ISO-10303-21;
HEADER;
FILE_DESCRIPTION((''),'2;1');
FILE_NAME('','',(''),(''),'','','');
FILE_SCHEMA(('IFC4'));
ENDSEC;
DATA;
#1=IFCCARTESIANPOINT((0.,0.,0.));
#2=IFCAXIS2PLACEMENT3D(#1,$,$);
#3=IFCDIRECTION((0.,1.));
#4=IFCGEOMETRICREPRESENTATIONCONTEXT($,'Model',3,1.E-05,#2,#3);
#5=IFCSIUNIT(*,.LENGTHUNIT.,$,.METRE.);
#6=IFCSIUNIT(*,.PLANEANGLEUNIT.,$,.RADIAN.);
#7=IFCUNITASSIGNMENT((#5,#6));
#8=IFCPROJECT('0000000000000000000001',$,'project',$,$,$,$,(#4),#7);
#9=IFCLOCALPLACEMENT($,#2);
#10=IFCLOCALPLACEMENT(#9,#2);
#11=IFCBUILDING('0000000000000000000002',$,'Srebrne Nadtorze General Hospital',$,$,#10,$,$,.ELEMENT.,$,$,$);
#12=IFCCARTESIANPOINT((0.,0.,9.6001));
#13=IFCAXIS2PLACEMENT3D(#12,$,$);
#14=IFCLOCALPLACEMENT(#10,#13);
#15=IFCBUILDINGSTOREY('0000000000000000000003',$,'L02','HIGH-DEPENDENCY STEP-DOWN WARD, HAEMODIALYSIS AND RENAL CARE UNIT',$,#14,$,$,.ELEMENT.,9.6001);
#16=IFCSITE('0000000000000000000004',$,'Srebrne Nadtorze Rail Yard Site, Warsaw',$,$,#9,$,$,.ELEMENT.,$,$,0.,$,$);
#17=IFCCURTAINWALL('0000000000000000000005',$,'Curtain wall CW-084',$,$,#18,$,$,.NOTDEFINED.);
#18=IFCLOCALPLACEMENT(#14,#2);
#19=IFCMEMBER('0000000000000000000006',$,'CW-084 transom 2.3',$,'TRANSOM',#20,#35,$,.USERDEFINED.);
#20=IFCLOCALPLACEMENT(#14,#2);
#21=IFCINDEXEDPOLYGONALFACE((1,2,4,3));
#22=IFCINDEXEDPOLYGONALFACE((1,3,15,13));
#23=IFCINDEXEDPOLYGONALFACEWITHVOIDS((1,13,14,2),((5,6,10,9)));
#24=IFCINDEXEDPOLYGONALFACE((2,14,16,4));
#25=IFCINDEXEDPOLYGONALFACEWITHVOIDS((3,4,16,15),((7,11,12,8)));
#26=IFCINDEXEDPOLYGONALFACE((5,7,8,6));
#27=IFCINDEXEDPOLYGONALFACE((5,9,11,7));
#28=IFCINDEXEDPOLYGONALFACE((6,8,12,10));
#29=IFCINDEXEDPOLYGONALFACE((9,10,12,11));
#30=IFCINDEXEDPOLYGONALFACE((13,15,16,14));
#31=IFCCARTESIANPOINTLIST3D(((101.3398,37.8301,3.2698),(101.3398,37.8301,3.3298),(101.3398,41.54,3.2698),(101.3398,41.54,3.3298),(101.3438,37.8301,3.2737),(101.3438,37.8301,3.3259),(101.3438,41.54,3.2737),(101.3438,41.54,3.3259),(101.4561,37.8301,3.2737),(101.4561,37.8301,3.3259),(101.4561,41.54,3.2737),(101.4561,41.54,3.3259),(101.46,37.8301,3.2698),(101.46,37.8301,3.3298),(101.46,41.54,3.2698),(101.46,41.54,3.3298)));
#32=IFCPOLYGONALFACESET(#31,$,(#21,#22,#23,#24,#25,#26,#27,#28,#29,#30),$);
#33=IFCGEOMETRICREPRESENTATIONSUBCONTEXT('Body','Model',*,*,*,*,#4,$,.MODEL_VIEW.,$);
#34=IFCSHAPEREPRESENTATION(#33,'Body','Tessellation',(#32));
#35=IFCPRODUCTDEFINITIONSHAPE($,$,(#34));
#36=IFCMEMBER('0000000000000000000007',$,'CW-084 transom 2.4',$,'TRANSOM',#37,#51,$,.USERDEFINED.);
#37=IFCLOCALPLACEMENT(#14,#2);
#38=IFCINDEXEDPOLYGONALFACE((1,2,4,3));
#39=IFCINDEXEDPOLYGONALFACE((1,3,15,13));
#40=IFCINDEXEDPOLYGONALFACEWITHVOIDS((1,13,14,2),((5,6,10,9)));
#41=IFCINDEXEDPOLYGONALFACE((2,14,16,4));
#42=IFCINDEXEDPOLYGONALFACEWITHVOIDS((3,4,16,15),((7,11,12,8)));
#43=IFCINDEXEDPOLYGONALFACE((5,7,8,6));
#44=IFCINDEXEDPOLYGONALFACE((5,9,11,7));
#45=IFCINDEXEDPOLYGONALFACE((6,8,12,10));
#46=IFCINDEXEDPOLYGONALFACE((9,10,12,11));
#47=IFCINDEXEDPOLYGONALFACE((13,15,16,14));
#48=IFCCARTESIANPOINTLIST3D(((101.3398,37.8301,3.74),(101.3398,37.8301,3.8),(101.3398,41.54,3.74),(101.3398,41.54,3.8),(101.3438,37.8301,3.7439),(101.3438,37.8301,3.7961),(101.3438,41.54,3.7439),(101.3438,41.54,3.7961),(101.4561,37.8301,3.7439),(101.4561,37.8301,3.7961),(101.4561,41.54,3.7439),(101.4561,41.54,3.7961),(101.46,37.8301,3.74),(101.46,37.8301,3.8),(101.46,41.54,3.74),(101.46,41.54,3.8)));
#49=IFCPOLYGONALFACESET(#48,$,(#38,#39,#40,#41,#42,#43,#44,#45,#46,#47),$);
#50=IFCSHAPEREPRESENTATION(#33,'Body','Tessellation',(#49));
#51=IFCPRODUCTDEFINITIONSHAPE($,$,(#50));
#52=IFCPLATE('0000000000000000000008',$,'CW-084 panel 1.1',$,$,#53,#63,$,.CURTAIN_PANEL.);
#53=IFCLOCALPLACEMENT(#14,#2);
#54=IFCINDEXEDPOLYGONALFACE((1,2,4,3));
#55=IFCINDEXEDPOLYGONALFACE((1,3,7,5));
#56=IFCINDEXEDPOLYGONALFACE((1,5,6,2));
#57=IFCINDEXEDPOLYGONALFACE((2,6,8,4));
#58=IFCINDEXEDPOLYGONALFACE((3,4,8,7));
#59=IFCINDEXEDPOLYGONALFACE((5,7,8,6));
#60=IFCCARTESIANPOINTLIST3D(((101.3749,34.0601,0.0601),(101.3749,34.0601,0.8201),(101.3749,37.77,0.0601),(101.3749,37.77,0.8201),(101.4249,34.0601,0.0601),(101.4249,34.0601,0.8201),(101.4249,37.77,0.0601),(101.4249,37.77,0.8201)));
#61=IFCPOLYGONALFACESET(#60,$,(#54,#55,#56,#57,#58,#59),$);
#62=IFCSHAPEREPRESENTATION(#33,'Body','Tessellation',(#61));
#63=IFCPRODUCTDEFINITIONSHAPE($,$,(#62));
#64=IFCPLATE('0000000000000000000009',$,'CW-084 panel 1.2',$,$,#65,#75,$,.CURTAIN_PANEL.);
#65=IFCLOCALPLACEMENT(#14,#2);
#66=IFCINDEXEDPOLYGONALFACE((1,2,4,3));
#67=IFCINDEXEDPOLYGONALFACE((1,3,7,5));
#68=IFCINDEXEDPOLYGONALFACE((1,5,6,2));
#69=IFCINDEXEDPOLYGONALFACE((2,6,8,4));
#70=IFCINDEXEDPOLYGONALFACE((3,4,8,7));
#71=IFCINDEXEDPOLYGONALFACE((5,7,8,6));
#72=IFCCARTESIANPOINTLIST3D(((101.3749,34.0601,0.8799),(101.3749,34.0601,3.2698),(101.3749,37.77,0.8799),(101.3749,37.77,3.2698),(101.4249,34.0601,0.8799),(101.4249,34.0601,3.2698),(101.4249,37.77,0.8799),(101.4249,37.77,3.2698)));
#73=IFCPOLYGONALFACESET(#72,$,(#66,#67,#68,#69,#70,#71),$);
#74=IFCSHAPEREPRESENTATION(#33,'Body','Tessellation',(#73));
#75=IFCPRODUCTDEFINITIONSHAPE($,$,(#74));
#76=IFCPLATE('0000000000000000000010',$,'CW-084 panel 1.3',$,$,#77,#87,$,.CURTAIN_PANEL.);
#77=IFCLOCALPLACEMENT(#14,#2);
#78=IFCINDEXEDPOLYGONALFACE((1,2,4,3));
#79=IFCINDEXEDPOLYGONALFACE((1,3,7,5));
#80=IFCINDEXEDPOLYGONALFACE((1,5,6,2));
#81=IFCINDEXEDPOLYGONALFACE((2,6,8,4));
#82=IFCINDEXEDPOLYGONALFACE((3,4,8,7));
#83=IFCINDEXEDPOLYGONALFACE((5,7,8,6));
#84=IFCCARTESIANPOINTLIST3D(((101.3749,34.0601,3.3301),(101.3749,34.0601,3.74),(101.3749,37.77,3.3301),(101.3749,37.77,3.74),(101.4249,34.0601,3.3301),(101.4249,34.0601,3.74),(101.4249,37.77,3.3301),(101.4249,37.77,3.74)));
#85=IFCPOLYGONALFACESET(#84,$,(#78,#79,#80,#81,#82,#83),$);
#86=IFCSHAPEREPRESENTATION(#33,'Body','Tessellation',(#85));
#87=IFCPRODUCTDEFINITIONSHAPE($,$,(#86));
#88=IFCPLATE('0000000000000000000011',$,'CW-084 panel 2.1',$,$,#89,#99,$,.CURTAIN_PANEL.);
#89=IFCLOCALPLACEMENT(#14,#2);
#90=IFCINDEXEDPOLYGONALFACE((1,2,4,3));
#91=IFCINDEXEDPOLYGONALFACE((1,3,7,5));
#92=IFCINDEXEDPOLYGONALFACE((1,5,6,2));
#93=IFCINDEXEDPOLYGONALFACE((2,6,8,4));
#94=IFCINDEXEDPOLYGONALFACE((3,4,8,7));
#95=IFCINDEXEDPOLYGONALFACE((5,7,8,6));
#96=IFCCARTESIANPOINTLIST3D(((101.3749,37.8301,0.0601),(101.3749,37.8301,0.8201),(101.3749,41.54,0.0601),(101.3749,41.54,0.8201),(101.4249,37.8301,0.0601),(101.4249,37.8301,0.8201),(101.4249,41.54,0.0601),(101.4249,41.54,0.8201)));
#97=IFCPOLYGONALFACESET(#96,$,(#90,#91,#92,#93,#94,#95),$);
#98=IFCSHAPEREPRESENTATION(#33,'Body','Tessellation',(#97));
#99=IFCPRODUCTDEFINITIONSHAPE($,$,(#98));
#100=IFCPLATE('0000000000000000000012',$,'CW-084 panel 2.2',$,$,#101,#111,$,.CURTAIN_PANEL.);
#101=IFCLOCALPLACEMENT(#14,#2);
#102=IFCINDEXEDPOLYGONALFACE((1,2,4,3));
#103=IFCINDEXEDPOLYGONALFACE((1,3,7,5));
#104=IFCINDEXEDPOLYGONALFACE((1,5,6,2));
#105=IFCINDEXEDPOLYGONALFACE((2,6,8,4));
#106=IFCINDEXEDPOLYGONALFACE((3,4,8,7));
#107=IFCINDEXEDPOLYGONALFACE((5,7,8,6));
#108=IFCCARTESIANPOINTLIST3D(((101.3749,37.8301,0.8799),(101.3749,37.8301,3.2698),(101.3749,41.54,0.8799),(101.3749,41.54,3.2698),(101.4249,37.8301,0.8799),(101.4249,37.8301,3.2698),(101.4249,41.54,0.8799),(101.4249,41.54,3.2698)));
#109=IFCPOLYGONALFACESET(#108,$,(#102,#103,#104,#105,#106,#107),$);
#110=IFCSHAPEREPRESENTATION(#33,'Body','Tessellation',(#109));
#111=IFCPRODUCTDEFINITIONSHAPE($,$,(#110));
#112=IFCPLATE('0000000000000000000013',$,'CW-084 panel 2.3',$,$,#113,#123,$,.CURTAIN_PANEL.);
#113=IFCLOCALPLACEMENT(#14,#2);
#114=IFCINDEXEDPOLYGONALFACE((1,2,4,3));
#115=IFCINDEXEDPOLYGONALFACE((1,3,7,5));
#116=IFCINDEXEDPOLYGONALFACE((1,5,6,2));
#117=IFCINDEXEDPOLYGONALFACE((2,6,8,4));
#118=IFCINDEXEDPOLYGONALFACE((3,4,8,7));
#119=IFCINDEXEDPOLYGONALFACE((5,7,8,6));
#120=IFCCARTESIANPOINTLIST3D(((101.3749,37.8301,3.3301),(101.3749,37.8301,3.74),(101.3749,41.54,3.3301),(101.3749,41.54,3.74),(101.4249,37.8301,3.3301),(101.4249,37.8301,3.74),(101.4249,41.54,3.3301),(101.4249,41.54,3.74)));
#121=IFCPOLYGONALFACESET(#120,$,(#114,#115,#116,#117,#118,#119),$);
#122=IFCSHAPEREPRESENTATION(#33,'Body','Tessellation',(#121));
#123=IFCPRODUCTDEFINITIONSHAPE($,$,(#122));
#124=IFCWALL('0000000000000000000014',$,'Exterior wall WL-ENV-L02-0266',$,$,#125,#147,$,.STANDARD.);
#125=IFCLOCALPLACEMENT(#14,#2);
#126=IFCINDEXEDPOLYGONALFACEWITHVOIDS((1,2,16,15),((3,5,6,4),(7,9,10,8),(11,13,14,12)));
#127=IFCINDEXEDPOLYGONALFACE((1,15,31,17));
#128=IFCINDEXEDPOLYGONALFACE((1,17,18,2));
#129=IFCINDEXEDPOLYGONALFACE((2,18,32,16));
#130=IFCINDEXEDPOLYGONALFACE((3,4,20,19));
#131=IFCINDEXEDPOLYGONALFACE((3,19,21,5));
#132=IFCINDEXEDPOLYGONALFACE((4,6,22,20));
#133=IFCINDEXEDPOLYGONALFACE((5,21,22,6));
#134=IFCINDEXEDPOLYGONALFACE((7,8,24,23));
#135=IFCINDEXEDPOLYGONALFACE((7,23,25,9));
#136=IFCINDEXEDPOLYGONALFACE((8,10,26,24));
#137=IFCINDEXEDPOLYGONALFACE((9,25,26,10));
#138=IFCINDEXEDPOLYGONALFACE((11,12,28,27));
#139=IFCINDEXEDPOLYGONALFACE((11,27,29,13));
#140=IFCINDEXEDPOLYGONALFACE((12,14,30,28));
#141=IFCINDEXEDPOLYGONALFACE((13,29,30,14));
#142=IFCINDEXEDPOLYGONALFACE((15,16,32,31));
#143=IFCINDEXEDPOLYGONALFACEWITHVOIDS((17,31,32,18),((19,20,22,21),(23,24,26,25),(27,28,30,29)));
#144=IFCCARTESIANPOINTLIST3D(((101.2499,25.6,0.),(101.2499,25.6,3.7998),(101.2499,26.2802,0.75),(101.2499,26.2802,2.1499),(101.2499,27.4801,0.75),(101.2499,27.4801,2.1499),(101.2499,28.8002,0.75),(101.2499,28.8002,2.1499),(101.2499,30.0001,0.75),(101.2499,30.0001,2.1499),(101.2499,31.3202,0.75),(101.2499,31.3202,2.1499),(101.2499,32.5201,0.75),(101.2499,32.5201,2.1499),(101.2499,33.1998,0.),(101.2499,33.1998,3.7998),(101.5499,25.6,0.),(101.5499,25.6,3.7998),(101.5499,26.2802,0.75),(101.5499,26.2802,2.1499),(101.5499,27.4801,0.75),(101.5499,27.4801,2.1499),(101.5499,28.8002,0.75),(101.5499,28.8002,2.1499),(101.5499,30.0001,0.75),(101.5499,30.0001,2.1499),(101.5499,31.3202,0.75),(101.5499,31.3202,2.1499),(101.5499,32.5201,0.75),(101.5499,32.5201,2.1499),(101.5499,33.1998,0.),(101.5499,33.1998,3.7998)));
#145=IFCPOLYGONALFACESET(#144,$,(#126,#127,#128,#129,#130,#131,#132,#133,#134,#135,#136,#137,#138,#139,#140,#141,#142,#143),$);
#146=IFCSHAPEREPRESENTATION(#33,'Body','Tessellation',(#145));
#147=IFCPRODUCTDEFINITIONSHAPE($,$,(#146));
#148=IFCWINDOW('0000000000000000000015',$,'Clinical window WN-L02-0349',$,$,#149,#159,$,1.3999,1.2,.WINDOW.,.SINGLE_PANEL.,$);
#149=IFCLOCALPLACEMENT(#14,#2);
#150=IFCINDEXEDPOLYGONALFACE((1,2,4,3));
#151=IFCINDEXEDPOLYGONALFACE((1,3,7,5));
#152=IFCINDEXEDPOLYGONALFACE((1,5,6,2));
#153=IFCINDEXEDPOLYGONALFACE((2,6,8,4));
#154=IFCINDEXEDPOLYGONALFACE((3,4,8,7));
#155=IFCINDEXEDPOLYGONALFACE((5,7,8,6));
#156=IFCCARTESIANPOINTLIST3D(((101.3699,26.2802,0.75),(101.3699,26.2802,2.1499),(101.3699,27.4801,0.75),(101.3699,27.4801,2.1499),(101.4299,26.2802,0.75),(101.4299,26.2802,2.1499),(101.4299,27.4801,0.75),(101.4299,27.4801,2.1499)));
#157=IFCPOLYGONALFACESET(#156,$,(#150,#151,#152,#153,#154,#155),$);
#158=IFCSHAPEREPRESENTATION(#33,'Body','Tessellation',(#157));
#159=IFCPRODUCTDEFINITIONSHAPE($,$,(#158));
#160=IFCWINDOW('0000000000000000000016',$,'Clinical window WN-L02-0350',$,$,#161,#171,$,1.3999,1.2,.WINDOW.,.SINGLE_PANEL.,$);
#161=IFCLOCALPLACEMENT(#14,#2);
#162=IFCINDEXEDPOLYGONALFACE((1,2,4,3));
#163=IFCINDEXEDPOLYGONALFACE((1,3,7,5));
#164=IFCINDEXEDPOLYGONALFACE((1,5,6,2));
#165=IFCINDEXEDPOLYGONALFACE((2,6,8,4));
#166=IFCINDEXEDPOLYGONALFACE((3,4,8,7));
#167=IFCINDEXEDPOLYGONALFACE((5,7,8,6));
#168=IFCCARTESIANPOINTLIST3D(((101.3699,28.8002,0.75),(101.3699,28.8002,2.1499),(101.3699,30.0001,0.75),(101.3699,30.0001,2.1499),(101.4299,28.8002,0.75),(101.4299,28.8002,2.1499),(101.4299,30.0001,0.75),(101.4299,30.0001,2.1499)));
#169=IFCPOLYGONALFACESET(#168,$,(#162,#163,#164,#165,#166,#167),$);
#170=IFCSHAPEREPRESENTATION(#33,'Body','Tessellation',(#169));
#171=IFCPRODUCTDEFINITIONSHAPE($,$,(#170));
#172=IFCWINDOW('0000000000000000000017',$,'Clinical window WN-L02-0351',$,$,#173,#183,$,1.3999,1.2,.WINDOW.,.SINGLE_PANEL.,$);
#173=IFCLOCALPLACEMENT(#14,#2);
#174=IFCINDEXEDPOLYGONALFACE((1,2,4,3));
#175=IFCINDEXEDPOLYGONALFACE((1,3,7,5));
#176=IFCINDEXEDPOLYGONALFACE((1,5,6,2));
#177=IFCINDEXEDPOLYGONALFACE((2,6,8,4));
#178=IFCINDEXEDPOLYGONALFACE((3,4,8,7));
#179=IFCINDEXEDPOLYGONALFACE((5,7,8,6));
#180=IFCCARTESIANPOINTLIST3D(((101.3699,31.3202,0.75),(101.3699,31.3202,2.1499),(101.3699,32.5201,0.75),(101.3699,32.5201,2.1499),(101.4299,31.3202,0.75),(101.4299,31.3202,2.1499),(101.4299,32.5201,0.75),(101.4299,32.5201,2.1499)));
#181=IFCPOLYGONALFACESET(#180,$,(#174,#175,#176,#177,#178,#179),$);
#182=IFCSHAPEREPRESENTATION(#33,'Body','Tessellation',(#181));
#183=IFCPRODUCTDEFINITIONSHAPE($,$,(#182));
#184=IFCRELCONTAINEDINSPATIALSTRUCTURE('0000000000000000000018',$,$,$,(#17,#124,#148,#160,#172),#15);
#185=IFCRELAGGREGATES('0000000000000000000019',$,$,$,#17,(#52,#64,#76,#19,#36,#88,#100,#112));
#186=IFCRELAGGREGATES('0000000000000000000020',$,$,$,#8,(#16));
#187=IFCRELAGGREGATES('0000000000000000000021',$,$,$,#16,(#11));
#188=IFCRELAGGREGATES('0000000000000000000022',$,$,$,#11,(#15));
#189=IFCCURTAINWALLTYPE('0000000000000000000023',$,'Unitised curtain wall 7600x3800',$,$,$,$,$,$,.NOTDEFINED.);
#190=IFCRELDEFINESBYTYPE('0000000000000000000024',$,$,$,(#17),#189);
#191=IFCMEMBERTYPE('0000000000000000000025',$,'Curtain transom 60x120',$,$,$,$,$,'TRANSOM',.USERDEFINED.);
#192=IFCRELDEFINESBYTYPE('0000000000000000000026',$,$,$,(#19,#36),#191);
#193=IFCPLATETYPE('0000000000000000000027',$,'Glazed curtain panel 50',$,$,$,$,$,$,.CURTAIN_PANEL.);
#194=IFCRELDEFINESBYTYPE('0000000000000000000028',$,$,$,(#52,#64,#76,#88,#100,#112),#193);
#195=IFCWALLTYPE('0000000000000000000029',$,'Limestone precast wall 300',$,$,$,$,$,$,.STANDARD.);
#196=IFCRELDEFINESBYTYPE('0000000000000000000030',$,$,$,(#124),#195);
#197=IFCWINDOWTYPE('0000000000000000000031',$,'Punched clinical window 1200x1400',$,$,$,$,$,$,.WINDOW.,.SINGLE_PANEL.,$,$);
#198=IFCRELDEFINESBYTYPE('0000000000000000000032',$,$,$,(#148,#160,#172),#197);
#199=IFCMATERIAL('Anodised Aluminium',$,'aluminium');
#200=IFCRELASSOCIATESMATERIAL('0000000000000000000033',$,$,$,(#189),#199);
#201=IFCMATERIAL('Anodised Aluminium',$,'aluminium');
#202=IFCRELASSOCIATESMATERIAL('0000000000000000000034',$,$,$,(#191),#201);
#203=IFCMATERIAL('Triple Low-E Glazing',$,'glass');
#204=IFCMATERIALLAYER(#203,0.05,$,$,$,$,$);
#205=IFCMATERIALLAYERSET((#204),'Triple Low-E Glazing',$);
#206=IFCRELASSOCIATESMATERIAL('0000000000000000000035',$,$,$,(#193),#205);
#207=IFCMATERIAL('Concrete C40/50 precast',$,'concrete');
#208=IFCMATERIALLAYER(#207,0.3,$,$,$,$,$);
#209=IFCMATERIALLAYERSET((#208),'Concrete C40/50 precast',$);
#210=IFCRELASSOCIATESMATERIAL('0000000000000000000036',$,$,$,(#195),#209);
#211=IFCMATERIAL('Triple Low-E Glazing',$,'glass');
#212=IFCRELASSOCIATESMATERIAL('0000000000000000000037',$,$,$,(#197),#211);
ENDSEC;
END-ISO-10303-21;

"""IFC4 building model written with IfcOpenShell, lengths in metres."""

from ifc_helpers import new_model, si_unit, direction, frame, frame_2d, origin, origin_2d, place, context, subcontext, project, spatial, rectangle, hollow_rectangle, extrude, material, layer, layer_set, material_profile, profile_set, type_object, element, fill, aggregate, save


model = new_model("IFC4")

# Units and contexts
model_context = context("Model", 3, precision=1e-05, world=origin(), true_north=direction((0.0, 1.0)))
body_context = subcontext(model_context, "Body", "Model", "MODEL_VIEW")
ifc_project = project(units=[si_unit("LENGTHUNIT", "METRE"), si_unit("PLANEANGLEUNIT", "RADIAN")], contexts=[model_context])

# Site, building, storey
site_placement = place(None, origin())
site = spatial("IfcSite", under=ifc_project, at=site_placement, Name="Srebrne Nadtorze Rail Yard Site, Warsaw", CompositionType="ELEMENT", RefElevation=0.0)
building_placement = place(site_placement, origin())
building = spatial("IfcBuilding", under=site, at=building_placement, Name="Srebrne Nadtorze General Hospital", CompositionType="ELEMENT")
storey_placement = place(building_placement, frame((0.0, 0.0, 9.6001)))
storey = spatial("IfcBuildingStorey", under=building, at=storey_placement, Name="L02", Description="HIGH-DEPENDENCY STEP-DOWN WARD, HAEMODIALYSIS AND RENAL CARE UNIT", CompositionType="ELEMENT", Elevation=9.6001)

# Curtain wall
ifc_material_1 = material(Name="Anodised Aluminium", Category="aluminium")
curtain_wall_type = type_object("IfcCurtainWallType", Name="Unitised curtain wall 7600x3800", PredefinedType="NOTDEFINED", material=ifc_material_1)
curtain_wall_1_placement = place(storey_placement, origin())
curtain_wall_1 = element("IfcCurtainWall", 1, at=curtain_wall_1_placement, inside=storey, type_object=curtain_wall_type, Name="Curtain wall CW-084", PredefinedType="NOTDEFINED")

# Members
ifc_material_2 = material(Name="Anodised Aluminium", Category="aluminium")
ifc_material_profile_1 = material_profile(ifc_material_2, hollow_rectangle(XDim=0.0601, YDim=0.1201, WallThickness=0.0039, at=origin_2d()), Name="AL-TRN-60x120")
ifc_profile_set_1 = profile_set([ifc_material_profile_1], Name="Anodised Aluminium")
member_type_1 = type_object("IfcMemberType", Name="Curtain transom 60x120", ElementType="TRANSOM", PredefinedType="USERDEFINED", material=ifc_profile_set_1)
member_1_placement = place(storey_placement, frame((101.3999, 37.8301, 3.2998), z_axis=(0.0, 1.0, 0.0), x_axis=(0.0, 0.0, 1.0)))
member_1 = element("IfcMember", 2, at=member_1_placement, type_object=member_type_1, Name="CW-084 transom 2.3", ObjectType="TRANSOM", PredefinedType="USERDEFINED", context=body_context, shape_type="SweptSolid", body=[
    extrude(hollow_rectangle(XDim=0.0601, YDim=0.1201, WallThickness=0.0039, at=origin_2d()), origin(), (0.0, 0.0, 1.0), 3.71),
])
member_2_placement = place(storey_placement, frame((101.3999, 37.8301, 3.77), z_axis=(0.0, 1.0, 0.0), x_axis=(0.0, 0.0, 1.0)))
member_2 = element("IfcMember", 3, at=member_2_placement, type_object=member_type_1, Name="CW-084 transom 2.4", ObjectType="TRANSOM", PredefinedType="USERDEFINED", context=body_context, shape_type="SweptSolid", body=[
    extrude(hollow_rectangle(XDim=0.0601, YDim=0.1201, WallThickness=0.0039, at=origin_2d()), origin(), (0.0, 0.0, 1.0), 3.71),
])

# Plates
ifc_material_3 = material(Name="Triple Low-E Glazing", Category="glass")
ifc_layer_1 = layer(ifc_material_3, 0.05)
ifc_layer_set_1 = layer_set([ifc_layer_1], Name="Triple Low-E Glazing")
plate_type = type_object("IfcPlateType", Name="Glazed curtain panel 50", PredefinedType="CURTAIN_PANEL", material=ifc_layer_set_1)
plate_1_placement = place(storey_placement, frame((101.3999, 35.915, 0.0601), z_axis=(0.0, 0.0, 1.0), x_axis=(0.0, 1.0, 0.0)))
plate_1 = element("IfcPlate", 4, at=plate_1_placement, type_object=plate_type, Name="CW-084 panel 1.1", PredefinedType="CURTAIN_PANEL", context=body_context, shape_type="SweptSolid", body=[
    extrude(rectangle(XDim=3.71, YDim=0.05, at=origin_2d()), origin(), (0.0, 0.0, 1.0), 0.76),
])
plate_2_placement = place(storey_placement, frame((101.3999, 35.915, 0.8799), z_axis=(0.0, 0.0, 1.0), x_axis=(0.0, 1.0, 0.0)))
plate_2 = element("IfcPlate", 5, at=plate_2_placement, type_object=plate_type, Name="CW-084 panel 1.2", PredefinedType="CURTAIN_PANEL", context=body_context, shape_type="SweptSolid", body=[
    extrude(rectangle(XDim=3.71, YDim=0.05, at=origin_2d()), origin(), (0.0, 0.0, 1.0), 2.3899),
])
plate_3_placement = place(storey_placement, frame((101.3999, 35.915, 3.3301), z_axis=(0.0, 0.0, 1.0), x_axis=(0.0, 1.0, 0.0)))
plate_3 = element("IfcPlate", 6, at=plate_3_placement, type_object=plate_type, Name="CW-084 panel 1.3", PredefinedType="CURTAIN_PANEL", context=body_context, shape_type="SweptSolid", body=[
    extrude(rectangle(XDim=3.71, YDim=0.05, at=origin_2d()), origin(), (0.0, 0.0, 1.0), 0.4099),
])
plate_4_placement = place(storey_placement, frame((101.3999, 39.6851, 0.0601), z_axis=(0.0, 0.0, 1.0), x_axis=(0.0, 1.0, 0.0)))
plate_4 = element("IfcPlate", 7, at=plate_4_placement, type_object=plate_type, Name="CW-084 panel 2.1", PredefinedType="CURTAIN_PANEL", context=body_context, shape_type="SweptSolid", body=[
    extrude(rectangle(XDim=3.71, YDim=0.05, at=origin_2d()), origin(), (0.0, 0.0, 1.0), 0.76),
])
plate_5_placement = place(storey_placement, frame((101.3999, 39.6851, 0.8799), z_axis=(0.0, 0.0, 1.0), x_axis=(0.0, 1.0, 0.0)))
plate_5 = element("IfcPlate", 8, at=plate_5_placement, type_object=plate_type, Name="CW-084 panel 2.2", PredefinedType="CURTAIN_PANEL", context=body_context, shape_type="SweptSolid", body=[
    extrude(rectangle(XDim=3.71, YDim=0.05, at=origin_2d()), origin(), (0.0, 0.0, 1.0), 2.3899),
])
plate_6_placement = place(storey_placement, frame((101.3999, 39.6851, 3.3301), z_axis=(0.0, 0.0, 1.0), x_axis=(0.0, 1.0, 0.0)))
plate_6 = element("IfcPlate", 9, at=plate_6_placement, type_object=plate_type, Name="CW-084 panel 2.3", PredefinedType="CURTAIN_PANEL", context=body_context, shape_type="SweptSolid", body=[
    extrude(rectangle(XDim=3.71, YDim=0.05, at=origin_2d()), origin(), (0.0, 0.0, 1.0), 0.4099),
])
aggregate(curtain_wall_1, [plate_1, plate_2, plate_3, member_1, member_2, plate_4, plate_5, plate_6])

# Wall, openings, windows
ifc_material_4 = material(Name="Concrete C40/50 precast", Category="concrete")
ifc_layer_2 = layer(ifc_material_4, 0.3)
ifc_layer_set_2 = layer_set([ifc_layer_2], Name="Concrete C40/50 precast")
wall_type = type_object("IfcWallType", Name="Limestone precast wall 300", PredefinedType="STANDARD", material=ifc_layer_set_2)
wall_placement = place(storey_placement, frame((101.3999, 25.6001, 0.0), z_axis=(0.0, 0.0, 1.0), x_axis=(0.0, 1.0, 0.0)))
wall = element("IfcWall", 10, at=wall_placement, inside=storey, type_object=wall_type, Name="Exterior wall WL-ENV-L02-0266", PredefinedType="STANDARD", context=body_context, shape_type="SweptSolid", body=[
    extrude(rectangle(XDim=7.5999, YDim=0.3, at=frame_2d((3.7998, 0.0))), origin(), (0.0, 0.0, 1.0), 3.7998),
])
opening_1_placement = place(wall_placement, frame((0.6799, 0.0, 0.75)))
opening_1 = element("IfcOpeningElement", 11, at=opening_1_placement, cuts=wall, PredefinedType="OPENING", context=body_context, shape_type="SweptSolid", body=[
    extrude(rectangle(XDim=1.2, YDim=1.3999, at=frame_2d((0.6001, 0.7))), frame((0.0, 0.1621, 0.0), z_axis=(0.0, -1.0, 0.0), x_axis=(1.0, 0.0, 0.0)), (0.0, 0.0, 1.0), 0.324),
])
opening_2_placement = place(wall_placement, frame((3.2, 0.0, 0.75)))
opening_2 = element("IfcOpeningElement", 12, at=opening_2_placement, cuts=wall, PredefinedType="OPENING", context=body_context, shape_type="SweptSolid", body=[
    extrude(rectangle(XDim=1.2, YDim=1.3999, at=frame_2d((0.6001, 0.7))), frame((0.0, 0.1621, 0.0), z_axis=(0.0, -1.0, 0.0), x_axis=(1.0, 0.0, 0.0)), (0.0, 0.0, 1.0), 0.324),
])
opening_3_placement = place(wall_placement, frame((5.72, 0.0, 0.75)))
opening_3 = element("IfcOpeningElement", 13, at=opening_3_placement, cuts=wall, PredefinedType="OPENING", context=body_context, shape_type="SweptSolid", body=[
    extrude(rectangle(XDim=1.2, YDim=1.3999, at=frame_2d((0.6001, 0.7))), frame((0.0, 0.1621, 0.0), z_axis=(0.0, -1.0, 0.0), x_axis=(1.0, 0.0, 0.0)), (0.0, 0.0, 1.0), 0.324),
])
ifc_material_5 = material(Name="Triple Low-E Glazing", Category="glass")
window_type = type_object("IfcWindowType", Name="Punched clinical window 1200x1400", PartitioningType="SINGLE_PANEL", PredefinedType="WINDOW", material=ifc_material_5)
window_1_placement = place(opening_1_placement, origin())
window_1 = element("IfcWindow", 14, at=window_1_placement, inside=storey, type_object=window_type, Name="Clinical window WN-L02-0349", OverallHeight=1.3999, OverallWidth=1.2, PartitioningType="SINGLE_PANEL", PredefinedType="WINDOW", context=body_context, shape_type="SweptSolid", body=[
    extrude(rectangle(XDim=1.2, YDim=1.3999, at=frame_2d((0.6001, 0.7))), frame((0.0, 0.03, 0.0), z_axis=(0.0, -1.0, 0.0), x_axis=(1.0, 0.0, 0.0)), (0.0, 0.0, 1.0), 0.0601),
])
fill(opening_1, window_1)
window_2_placement = place(opening_2_placement, origin())
window_2 = element("IfcWindow", 15, at=window_2_placement, inside=storey, type_object=window_type, Name="Clinical window WN-L02-0350", OverallHeight=1.3999, OverallWidth=1.2, PartitioningType="SINGLE_PANEL", PredefinedType="WINDOW", context=body_context, shape_type="SweptSolid", body=[
    extrude(rectangle(XDim=1.2, YDim=1.3999, at=frame_2d((0.6001, 0.7))), frame((0.0, 0.03, 0.0), z_axis=(0.0, -1.0, 0.0), x_axis=(1.0, 0.0, 0.0)), (0.0, 0.0, 1.0), 0.0601),
])
fill(opening_2, window_2)
window_3_placement = place(opening_3_placement, origin())
window_3 = element("IfcWindow", 16, at=window_3_placement, inside=storey, type_object=window_type, Name="Clinical window WN-L02-0351", OverallHeight=1.3999, OverallWidth=1.2, PartitioningType="SINGLE_PANEL", PredefinedType="WINDOW", context=body_context, shape_type="SweptSolid", body=[
    extrude(rectangle(XDim=1.2, YDim=1.3999, at=frame_2d((0.6001, 0.7))), frame((0.0, 0.03, 0.0), z_axis=(0.0, -1.0, 0.0), x_axis=(1.0, 0.0, 0.0)), (0.0, 0.0, 1.0), 0.0601),
])
fill(opening_3, window_3)

save(model, "model.ifc")
